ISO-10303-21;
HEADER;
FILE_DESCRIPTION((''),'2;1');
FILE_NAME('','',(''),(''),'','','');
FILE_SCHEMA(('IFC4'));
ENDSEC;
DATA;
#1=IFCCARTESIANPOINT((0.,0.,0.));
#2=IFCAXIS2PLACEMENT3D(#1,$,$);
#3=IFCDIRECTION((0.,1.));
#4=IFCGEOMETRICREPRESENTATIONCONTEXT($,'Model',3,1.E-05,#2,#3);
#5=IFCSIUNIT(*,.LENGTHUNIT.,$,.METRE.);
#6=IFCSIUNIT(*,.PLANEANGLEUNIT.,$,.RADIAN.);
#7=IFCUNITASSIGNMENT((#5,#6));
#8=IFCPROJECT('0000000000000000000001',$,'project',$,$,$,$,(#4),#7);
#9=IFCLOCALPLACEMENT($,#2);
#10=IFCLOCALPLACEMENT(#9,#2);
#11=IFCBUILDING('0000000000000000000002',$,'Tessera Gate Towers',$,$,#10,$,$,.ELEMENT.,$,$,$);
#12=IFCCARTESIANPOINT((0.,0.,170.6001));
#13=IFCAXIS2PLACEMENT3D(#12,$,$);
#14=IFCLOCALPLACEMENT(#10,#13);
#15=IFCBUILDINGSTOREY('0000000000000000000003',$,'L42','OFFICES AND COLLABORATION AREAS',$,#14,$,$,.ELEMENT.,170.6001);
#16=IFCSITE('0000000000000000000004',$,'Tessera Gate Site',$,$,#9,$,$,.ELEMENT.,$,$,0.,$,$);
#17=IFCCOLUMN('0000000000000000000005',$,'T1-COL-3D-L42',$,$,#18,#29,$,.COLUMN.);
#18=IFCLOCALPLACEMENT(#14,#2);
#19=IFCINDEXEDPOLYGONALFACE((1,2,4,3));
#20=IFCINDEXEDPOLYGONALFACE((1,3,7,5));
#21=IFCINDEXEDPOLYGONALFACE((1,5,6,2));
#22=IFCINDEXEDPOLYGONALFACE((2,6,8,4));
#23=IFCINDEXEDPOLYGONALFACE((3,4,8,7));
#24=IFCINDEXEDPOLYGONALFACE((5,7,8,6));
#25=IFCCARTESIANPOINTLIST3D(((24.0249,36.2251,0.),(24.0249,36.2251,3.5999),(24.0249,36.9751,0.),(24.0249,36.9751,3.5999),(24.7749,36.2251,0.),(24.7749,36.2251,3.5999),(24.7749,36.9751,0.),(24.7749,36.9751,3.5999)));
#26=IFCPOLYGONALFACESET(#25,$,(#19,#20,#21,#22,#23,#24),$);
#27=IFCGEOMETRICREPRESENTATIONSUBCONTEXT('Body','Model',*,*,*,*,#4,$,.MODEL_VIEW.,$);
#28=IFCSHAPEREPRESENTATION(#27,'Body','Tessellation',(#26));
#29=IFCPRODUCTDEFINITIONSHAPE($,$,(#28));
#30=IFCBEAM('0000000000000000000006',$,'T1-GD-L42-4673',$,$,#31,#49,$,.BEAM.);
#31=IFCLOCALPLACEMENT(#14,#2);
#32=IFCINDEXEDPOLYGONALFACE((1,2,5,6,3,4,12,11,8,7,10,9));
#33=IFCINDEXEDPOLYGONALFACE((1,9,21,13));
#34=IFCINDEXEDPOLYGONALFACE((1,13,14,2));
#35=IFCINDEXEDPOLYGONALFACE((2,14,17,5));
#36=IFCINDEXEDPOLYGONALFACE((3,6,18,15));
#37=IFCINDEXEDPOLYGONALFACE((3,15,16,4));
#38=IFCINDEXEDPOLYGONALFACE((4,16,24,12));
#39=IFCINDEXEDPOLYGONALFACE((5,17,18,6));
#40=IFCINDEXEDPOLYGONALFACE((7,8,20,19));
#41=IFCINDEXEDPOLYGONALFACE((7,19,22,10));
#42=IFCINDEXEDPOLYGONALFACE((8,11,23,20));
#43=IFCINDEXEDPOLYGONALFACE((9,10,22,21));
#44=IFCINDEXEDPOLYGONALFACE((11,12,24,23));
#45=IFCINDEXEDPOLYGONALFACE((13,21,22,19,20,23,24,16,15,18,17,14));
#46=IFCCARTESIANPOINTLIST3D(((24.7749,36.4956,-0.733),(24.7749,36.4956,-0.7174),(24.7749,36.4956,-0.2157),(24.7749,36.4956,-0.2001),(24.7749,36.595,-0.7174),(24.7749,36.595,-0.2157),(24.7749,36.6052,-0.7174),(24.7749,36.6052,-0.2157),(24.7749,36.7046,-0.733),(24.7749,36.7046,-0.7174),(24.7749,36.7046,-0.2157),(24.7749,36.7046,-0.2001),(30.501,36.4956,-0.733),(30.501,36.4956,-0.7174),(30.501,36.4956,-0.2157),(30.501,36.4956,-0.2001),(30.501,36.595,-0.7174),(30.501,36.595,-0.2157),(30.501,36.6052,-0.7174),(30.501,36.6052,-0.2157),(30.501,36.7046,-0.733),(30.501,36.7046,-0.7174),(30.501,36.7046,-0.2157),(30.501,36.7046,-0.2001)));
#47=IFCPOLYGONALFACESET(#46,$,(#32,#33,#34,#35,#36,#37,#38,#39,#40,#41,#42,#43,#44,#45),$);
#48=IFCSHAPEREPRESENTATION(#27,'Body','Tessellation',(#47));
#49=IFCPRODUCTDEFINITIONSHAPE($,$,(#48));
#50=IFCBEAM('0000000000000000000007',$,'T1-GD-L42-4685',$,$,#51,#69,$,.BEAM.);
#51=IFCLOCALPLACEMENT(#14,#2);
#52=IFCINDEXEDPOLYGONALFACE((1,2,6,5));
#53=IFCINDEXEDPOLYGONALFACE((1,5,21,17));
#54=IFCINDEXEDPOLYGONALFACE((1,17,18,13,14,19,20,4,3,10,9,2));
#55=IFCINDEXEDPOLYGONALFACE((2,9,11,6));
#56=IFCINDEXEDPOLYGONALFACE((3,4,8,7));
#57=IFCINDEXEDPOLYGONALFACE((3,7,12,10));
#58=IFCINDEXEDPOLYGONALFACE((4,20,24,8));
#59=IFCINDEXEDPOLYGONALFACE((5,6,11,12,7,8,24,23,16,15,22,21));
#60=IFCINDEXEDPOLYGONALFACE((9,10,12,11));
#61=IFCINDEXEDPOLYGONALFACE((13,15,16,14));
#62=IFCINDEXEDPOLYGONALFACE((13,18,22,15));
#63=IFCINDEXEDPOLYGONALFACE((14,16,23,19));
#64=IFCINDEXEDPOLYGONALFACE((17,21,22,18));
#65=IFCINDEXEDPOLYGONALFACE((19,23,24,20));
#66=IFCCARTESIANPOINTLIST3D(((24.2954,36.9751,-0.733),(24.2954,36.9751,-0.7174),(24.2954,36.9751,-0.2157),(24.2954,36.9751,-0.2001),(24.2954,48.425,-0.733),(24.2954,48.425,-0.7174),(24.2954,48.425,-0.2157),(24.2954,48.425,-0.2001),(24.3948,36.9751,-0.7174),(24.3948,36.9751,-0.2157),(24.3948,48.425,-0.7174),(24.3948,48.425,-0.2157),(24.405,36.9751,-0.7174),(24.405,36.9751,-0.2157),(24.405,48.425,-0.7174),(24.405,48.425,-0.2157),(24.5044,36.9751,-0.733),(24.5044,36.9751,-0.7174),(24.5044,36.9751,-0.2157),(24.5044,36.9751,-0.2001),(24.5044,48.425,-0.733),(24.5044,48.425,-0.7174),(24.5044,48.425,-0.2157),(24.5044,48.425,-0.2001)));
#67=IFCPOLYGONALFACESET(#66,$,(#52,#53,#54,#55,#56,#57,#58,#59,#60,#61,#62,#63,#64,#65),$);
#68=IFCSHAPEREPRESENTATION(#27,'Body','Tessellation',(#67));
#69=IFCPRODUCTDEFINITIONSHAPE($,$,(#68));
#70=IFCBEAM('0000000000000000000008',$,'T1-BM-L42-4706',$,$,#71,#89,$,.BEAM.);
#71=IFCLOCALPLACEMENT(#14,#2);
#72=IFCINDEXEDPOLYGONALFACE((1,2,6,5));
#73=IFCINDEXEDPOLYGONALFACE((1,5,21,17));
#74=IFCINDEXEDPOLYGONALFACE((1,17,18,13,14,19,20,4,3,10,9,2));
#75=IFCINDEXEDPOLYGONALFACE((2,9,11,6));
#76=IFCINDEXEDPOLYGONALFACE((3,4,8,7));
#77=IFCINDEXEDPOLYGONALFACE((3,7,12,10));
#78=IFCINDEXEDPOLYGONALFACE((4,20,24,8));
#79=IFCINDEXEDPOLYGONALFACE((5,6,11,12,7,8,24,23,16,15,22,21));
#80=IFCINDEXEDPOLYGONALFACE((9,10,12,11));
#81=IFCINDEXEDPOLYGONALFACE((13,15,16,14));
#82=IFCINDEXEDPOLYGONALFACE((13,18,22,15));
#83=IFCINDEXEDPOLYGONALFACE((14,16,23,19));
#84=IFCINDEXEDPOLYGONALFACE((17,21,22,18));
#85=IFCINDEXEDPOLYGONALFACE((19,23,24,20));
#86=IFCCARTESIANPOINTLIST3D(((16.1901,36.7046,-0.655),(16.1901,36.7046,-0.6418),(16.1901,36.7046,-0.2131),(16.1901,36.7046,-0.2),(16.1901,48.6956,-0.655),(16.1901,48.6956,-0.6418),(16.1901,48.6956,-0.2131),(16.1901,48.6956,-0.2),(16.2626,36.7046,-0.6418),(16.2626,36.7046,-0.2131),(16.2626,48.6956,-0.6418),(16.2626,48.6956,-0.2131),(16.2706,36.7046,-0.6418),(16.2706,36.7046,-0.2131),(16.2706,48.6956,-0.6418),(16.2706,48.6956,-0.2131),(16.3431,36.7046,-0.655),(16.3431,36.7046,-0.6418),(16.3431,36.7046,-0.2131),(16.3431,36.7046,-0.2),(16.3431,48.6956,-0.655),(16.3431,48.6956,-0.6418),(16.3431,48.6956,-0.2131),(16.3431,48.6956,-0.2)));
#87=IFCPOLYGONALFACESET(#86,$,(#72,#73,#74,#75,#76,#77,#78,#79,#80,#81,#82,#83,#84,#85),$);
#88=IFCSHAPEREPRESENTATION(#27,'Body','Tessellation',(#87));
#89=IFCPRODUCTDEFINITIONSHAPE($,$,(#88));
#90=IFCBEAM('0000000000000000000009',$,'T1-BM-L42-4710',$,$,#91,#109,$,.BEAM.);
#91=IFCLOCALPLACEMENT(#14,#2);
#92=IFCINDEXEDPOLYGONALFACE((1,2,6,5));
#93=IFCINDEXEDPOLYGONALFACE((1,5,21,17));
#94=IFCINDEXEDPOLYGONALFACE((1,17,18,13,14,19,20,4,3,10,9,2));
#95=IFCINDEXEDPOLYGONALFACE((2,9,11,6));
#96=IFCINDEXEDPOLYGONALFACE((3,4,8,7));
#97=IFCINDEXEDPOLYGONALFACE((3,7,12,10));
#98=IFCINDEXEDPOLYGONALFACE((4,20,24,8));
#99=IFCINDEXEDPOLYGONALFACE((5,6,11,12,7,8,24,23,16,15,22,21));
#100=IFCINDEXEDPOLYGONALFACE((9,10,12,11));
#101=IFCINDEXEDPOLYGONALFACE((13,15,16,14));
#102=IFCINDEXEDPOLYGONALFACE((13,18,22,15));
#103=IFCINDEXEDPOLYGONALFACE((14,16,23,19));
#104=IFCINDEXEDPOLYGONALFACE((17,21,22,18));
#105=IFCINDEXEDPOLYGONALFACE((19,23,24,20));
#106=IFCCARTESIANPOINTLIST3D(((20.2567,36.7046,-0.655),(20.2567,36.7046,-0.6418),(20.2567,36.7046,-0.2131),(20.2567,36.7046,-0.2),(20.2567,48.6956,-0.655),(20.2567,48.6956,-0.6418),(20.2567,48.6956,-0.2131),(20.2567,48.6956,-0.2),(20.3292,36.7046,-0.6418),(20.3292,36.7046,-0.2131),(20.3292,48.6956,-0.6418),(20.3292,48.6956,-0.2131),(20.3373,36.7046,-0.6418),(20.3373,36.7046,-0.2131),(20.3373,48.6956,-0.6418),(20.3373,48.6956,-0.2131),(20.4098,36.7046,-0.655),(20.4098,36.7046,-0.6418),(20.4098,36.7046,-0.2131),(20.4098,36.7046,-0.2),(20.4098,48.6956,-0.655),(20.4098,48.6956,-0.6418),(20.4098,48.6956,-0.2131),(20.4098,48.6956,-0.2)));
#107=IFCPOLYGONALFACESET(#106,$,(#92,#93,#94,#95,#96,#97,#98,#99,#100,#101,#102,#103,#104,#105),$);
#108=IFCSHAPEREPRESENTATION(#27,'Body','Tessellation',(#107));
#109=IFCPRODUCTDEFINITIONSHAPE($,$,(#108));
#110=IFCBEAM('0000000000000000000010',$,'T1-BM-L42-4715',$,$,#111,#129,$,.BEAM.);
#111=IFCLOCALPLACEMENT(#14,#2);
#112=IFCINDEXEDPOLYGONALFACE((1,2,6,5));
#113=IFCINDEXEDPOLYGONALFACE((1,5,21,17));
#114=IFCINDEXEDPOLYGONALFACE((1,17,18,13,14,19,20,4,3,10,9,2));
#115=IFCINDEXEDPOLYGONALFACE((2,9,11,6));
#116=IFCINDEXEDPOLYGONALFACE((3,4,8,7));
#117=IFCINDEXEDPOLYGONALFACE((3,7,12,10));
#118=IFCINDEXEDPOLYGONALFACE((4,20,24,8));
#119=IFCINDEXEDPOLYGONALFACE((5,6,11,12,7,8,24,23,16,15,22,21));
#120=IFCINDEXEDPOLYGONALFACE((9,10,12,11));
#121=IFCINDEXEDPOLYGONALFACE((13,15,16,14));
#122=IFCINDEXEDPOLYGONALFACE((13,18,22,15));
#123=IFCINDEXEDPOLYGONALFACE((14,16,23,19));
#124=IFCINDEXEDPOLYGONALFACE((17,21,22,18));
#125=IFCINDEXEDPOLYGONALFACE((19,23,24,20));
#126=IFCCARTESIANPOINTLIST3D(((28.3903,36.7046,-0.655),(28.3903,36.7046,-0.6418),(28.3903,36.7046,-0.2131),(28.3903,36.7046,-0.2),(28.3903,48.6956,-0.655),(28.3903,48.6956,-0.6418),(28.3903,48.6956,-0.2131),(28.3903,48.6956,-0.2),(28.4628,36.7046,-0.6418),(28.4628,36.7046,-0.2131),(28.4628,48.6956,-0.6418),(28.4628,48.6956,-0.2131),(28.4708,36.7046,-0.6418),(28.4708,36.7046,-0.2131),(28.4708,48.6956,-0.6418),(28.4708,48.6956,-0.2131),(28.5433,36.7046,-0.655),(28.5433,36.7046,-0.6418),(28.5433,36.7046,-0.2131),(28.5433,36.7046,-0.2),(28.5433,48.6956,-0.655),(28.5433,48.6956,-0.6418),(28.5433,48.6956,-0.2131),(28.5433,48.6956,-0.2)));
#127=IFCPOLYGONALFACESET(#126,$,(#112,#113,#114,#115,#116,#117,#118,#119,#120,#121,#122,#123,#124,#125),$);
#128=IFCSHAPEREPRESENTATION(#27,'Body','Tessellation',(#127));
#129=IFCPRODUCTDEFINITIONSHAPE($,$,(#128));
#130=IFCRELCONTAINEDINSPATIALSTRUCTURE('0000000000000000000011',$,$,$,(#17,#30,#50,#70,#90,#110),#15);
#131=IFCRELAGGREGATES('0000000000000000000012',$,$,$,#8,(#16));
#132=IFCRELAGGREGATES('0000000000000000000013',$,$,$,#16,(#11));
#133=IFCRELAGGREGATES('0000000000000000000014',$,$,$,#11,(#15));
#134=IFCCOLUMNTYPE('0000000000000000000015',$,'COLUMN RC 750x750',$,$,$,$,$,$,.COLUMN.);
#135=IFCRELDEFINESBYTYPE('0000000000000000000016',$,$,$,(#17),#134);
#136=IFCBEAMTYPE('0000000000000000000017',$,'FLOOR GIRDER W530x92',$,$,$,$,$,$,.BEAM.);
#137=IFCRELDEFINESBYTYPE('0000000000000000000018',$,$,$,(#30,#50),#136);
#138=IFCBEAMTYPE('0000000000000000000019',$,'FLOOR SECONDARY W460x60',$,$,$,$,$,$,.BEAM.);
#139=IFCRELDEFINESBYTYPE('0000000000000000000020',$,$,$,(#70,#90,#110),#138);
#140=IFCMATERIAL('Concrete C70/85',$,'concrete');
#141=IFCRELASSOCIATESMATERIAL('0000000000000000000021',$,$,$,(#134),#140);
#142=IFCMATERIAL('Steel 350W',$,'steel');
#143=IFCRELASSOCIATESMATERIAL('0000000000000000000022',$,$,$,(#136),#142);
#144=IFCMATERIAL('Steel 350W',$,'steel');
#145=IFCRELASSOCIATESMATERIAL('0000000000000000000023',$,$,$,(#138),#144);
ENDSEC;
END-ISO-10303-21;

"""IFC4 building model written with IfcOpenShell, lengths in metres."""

from ifc_helpers import new_model, si_unit, direction, frame, origin, origin_2d, place, context, subcontext, project, spatial, rectangle, i_section, extrude, material, material_profile, profile_set, type_object, element, save


model = new_model("IFC4")

# Units and contexts
model_context = context("Model", 3, precision=1e-05, world=origin(), true_north=direction((0.0, 1.0)))
body_context = subcontext(model_context, "Body", "Model", "MODEL_VIEW")
ifc_project = project(units=[si_unit("LENGTHUNIT", "METRE"), si_unit("PLANEANGLEUNIT", "RADIAN")], contexts=[model_context])

# Site, building, storey
site_placement = place(None, origin())
site = spatial("IfcSite", under=ifc_project, at=site_placement, Name="Tessera Gate Site", CompositionType="ELEMENT", RefElevation=0.0)
building_placement = place(site_placement, origin())
building = spatial("IfcBuilding", under=site, at=building_placement, Name="Tessera Gate Towers", CompositionType="ELEMENT")
storey_placement = place(building_placement, frame((0.0, 0.0, 170.6001)))
storey = spatial("IfcBuildingStorey", under=building, at=storey_placement, Name="L42", Description="OFFICES AND COLLABORATION AREAS", CompositionType="ELEMENT", Elevation=170.6001)

# Column
ifc_material_1 = material(Name="Concrete C70/85", Category="concrete")
ifc_material_profile_1 = material_profile(ifc_material_1, rectangle(XDim=0.75, YDim=0.75, at=origin_2d()), Name="RC 750x750")
ifc_profile_set_1 = profile_set([ifc_material_profile_1], Name="Concrete C70/85")
column_type = type_object("IfcColumnType", Name="COLUMN RC 750x750", PredefinedType="COLUMN", material=ifc_profile_set_1)
column_placement = place(storey_placement, frame((24.3999, 36.6001, 0.0), z_axis=(0.0, 0.0, 1.0), x_axis=(1.0, 0.0, 0.0)))
element("IfcColumn", 1, at=column_placement, inside=storey, type_object=column_type, Name="T1-COL-3D-L42", PredefinedType="COLUMN", context=body_context, shape_type="SweptSolid", body=[
    extrude(rectangle(XDim=0.75, YDim=0.75, at=origin_2d()), origin(), (0.0, 0.0, 1.0), 3.5999),
])

# Beams
ifc_material_2 = material(Name="Steel 350W", Category="steel")
ifc_material_profile_2 = material_profile(ifc_material_2, i_section(OverallWidth=0.209, OverallDepth=0.533, WebThickness=0.0103, FlangeThickness=0.0156, at=origin_2d()), Name="W530x92")
ifc_profile_set_2 = profile_set([ifc_material_profile_2], Name="Steel 350W")
beam_type_1 = type_object("IfcBeamType", Name="FLOOR GIRDER W530x92", PredefinedType="BEAM", material=ifc_profile_set_2)
beam_1_placement = place(storey_placement, frame((24.7749, 36.6001, -0.4666), z_axis=(1.0, 0.0, 0.0), x_axis=(0.0, 1.0, 0.0)))
element("IfcBeam", 2, at=beam_1_placement, inside=storey, type_object=beam_type_1, Name="T1-GD-L42-4673", PredefinedType="BEAM", context=body_context, shape_type="SweptSolid", body=[
    extrude(i_section(OverallWidth=0.209, OverallDepth=0.533, WebThickness=0.0103, FlangeThickness=0.0156, at=origin_2d()), origin(), (0.0, 0.0, 1.0), 5.7261),
])
beam_2_placement = place(storey_placement, frame((24.3999, 36.9751, -0.4666), z_axis=(0.0, 1.0, 0.0), x_axis=(-1.0, 0.0, 0.0)))
element("IfcBeam", 3, at=beam_2_placement, inside=storey, type_object=beam_type_1, Name="T1-GD-L42-4685", PredefinedType="BEAM", context=body_context, shape_type="SweptSolid", body=[
    extrude(i_section(OverallWidth=0.209, OverallDepth=0.533, WebThickness=0.0103, FlangeThickness=0.0156, at=origin_2d()), origin(), (0.0, 0.0, 1.0), 11.45),
])
ifc_material_3 = material(Name="Steel 350W", Category="steel")
ifc_material_profile_3 = material_profile(ifc_material_3, i_section(OverallWidth=0.1531, OverallDepth=0.4551, WebThickness=0.0081, FlangeThickness=0.0132, at=origin_2d()), Name="W460x60")
ifc_profile_set_3 = profile_set([ifc_material_profile_3], Name="Steel 350W")
beam_type_2 = type_object("IfcBeamType", Name="FLOOR SECONDARY W460x60", PredefinedType="BEAM", material=ifc_profile_set_3)
for number, where, z_axis, x_axis, name in (
    (4, (16.2666, 36.7046, -0.4275), (0.0, 1.0, 0.0), (-1.0, 0.0, 0.0), "T1-BM-L42-4706"),
    (5, (20.3333, 36.7046, -0.4275), (0.0, 1.0, 0.0), (-1.0, 0.0, 0.0), "T1-BM-L42-4710"),
    (6, (28.4668, 36.7046, -0.4275), (0.0, 1.0, 0.0), (-1.0, 0.0, 0.0), "T1-BM-L42-4715"),
):
    element("IfcBeam", number, at=place(storey_placement, frame(where, z_axis=z_axis, x_axis=x_axis)), inside=storey, type_object=beam_type_2, Name=name, PredefinedType="BEAM", context=body_context, shape_type="SweptSolid", body=[
        extrude(i_section(OverallWidth=0.1531, OverallDepth=0.4551, WebThickness=0.0081, FlangeThickness=0.0132, at=origin_2d()), origin(), (0.0, 0.0, 1.0), 11.991),
    ])

save(model, "model.ifc")
